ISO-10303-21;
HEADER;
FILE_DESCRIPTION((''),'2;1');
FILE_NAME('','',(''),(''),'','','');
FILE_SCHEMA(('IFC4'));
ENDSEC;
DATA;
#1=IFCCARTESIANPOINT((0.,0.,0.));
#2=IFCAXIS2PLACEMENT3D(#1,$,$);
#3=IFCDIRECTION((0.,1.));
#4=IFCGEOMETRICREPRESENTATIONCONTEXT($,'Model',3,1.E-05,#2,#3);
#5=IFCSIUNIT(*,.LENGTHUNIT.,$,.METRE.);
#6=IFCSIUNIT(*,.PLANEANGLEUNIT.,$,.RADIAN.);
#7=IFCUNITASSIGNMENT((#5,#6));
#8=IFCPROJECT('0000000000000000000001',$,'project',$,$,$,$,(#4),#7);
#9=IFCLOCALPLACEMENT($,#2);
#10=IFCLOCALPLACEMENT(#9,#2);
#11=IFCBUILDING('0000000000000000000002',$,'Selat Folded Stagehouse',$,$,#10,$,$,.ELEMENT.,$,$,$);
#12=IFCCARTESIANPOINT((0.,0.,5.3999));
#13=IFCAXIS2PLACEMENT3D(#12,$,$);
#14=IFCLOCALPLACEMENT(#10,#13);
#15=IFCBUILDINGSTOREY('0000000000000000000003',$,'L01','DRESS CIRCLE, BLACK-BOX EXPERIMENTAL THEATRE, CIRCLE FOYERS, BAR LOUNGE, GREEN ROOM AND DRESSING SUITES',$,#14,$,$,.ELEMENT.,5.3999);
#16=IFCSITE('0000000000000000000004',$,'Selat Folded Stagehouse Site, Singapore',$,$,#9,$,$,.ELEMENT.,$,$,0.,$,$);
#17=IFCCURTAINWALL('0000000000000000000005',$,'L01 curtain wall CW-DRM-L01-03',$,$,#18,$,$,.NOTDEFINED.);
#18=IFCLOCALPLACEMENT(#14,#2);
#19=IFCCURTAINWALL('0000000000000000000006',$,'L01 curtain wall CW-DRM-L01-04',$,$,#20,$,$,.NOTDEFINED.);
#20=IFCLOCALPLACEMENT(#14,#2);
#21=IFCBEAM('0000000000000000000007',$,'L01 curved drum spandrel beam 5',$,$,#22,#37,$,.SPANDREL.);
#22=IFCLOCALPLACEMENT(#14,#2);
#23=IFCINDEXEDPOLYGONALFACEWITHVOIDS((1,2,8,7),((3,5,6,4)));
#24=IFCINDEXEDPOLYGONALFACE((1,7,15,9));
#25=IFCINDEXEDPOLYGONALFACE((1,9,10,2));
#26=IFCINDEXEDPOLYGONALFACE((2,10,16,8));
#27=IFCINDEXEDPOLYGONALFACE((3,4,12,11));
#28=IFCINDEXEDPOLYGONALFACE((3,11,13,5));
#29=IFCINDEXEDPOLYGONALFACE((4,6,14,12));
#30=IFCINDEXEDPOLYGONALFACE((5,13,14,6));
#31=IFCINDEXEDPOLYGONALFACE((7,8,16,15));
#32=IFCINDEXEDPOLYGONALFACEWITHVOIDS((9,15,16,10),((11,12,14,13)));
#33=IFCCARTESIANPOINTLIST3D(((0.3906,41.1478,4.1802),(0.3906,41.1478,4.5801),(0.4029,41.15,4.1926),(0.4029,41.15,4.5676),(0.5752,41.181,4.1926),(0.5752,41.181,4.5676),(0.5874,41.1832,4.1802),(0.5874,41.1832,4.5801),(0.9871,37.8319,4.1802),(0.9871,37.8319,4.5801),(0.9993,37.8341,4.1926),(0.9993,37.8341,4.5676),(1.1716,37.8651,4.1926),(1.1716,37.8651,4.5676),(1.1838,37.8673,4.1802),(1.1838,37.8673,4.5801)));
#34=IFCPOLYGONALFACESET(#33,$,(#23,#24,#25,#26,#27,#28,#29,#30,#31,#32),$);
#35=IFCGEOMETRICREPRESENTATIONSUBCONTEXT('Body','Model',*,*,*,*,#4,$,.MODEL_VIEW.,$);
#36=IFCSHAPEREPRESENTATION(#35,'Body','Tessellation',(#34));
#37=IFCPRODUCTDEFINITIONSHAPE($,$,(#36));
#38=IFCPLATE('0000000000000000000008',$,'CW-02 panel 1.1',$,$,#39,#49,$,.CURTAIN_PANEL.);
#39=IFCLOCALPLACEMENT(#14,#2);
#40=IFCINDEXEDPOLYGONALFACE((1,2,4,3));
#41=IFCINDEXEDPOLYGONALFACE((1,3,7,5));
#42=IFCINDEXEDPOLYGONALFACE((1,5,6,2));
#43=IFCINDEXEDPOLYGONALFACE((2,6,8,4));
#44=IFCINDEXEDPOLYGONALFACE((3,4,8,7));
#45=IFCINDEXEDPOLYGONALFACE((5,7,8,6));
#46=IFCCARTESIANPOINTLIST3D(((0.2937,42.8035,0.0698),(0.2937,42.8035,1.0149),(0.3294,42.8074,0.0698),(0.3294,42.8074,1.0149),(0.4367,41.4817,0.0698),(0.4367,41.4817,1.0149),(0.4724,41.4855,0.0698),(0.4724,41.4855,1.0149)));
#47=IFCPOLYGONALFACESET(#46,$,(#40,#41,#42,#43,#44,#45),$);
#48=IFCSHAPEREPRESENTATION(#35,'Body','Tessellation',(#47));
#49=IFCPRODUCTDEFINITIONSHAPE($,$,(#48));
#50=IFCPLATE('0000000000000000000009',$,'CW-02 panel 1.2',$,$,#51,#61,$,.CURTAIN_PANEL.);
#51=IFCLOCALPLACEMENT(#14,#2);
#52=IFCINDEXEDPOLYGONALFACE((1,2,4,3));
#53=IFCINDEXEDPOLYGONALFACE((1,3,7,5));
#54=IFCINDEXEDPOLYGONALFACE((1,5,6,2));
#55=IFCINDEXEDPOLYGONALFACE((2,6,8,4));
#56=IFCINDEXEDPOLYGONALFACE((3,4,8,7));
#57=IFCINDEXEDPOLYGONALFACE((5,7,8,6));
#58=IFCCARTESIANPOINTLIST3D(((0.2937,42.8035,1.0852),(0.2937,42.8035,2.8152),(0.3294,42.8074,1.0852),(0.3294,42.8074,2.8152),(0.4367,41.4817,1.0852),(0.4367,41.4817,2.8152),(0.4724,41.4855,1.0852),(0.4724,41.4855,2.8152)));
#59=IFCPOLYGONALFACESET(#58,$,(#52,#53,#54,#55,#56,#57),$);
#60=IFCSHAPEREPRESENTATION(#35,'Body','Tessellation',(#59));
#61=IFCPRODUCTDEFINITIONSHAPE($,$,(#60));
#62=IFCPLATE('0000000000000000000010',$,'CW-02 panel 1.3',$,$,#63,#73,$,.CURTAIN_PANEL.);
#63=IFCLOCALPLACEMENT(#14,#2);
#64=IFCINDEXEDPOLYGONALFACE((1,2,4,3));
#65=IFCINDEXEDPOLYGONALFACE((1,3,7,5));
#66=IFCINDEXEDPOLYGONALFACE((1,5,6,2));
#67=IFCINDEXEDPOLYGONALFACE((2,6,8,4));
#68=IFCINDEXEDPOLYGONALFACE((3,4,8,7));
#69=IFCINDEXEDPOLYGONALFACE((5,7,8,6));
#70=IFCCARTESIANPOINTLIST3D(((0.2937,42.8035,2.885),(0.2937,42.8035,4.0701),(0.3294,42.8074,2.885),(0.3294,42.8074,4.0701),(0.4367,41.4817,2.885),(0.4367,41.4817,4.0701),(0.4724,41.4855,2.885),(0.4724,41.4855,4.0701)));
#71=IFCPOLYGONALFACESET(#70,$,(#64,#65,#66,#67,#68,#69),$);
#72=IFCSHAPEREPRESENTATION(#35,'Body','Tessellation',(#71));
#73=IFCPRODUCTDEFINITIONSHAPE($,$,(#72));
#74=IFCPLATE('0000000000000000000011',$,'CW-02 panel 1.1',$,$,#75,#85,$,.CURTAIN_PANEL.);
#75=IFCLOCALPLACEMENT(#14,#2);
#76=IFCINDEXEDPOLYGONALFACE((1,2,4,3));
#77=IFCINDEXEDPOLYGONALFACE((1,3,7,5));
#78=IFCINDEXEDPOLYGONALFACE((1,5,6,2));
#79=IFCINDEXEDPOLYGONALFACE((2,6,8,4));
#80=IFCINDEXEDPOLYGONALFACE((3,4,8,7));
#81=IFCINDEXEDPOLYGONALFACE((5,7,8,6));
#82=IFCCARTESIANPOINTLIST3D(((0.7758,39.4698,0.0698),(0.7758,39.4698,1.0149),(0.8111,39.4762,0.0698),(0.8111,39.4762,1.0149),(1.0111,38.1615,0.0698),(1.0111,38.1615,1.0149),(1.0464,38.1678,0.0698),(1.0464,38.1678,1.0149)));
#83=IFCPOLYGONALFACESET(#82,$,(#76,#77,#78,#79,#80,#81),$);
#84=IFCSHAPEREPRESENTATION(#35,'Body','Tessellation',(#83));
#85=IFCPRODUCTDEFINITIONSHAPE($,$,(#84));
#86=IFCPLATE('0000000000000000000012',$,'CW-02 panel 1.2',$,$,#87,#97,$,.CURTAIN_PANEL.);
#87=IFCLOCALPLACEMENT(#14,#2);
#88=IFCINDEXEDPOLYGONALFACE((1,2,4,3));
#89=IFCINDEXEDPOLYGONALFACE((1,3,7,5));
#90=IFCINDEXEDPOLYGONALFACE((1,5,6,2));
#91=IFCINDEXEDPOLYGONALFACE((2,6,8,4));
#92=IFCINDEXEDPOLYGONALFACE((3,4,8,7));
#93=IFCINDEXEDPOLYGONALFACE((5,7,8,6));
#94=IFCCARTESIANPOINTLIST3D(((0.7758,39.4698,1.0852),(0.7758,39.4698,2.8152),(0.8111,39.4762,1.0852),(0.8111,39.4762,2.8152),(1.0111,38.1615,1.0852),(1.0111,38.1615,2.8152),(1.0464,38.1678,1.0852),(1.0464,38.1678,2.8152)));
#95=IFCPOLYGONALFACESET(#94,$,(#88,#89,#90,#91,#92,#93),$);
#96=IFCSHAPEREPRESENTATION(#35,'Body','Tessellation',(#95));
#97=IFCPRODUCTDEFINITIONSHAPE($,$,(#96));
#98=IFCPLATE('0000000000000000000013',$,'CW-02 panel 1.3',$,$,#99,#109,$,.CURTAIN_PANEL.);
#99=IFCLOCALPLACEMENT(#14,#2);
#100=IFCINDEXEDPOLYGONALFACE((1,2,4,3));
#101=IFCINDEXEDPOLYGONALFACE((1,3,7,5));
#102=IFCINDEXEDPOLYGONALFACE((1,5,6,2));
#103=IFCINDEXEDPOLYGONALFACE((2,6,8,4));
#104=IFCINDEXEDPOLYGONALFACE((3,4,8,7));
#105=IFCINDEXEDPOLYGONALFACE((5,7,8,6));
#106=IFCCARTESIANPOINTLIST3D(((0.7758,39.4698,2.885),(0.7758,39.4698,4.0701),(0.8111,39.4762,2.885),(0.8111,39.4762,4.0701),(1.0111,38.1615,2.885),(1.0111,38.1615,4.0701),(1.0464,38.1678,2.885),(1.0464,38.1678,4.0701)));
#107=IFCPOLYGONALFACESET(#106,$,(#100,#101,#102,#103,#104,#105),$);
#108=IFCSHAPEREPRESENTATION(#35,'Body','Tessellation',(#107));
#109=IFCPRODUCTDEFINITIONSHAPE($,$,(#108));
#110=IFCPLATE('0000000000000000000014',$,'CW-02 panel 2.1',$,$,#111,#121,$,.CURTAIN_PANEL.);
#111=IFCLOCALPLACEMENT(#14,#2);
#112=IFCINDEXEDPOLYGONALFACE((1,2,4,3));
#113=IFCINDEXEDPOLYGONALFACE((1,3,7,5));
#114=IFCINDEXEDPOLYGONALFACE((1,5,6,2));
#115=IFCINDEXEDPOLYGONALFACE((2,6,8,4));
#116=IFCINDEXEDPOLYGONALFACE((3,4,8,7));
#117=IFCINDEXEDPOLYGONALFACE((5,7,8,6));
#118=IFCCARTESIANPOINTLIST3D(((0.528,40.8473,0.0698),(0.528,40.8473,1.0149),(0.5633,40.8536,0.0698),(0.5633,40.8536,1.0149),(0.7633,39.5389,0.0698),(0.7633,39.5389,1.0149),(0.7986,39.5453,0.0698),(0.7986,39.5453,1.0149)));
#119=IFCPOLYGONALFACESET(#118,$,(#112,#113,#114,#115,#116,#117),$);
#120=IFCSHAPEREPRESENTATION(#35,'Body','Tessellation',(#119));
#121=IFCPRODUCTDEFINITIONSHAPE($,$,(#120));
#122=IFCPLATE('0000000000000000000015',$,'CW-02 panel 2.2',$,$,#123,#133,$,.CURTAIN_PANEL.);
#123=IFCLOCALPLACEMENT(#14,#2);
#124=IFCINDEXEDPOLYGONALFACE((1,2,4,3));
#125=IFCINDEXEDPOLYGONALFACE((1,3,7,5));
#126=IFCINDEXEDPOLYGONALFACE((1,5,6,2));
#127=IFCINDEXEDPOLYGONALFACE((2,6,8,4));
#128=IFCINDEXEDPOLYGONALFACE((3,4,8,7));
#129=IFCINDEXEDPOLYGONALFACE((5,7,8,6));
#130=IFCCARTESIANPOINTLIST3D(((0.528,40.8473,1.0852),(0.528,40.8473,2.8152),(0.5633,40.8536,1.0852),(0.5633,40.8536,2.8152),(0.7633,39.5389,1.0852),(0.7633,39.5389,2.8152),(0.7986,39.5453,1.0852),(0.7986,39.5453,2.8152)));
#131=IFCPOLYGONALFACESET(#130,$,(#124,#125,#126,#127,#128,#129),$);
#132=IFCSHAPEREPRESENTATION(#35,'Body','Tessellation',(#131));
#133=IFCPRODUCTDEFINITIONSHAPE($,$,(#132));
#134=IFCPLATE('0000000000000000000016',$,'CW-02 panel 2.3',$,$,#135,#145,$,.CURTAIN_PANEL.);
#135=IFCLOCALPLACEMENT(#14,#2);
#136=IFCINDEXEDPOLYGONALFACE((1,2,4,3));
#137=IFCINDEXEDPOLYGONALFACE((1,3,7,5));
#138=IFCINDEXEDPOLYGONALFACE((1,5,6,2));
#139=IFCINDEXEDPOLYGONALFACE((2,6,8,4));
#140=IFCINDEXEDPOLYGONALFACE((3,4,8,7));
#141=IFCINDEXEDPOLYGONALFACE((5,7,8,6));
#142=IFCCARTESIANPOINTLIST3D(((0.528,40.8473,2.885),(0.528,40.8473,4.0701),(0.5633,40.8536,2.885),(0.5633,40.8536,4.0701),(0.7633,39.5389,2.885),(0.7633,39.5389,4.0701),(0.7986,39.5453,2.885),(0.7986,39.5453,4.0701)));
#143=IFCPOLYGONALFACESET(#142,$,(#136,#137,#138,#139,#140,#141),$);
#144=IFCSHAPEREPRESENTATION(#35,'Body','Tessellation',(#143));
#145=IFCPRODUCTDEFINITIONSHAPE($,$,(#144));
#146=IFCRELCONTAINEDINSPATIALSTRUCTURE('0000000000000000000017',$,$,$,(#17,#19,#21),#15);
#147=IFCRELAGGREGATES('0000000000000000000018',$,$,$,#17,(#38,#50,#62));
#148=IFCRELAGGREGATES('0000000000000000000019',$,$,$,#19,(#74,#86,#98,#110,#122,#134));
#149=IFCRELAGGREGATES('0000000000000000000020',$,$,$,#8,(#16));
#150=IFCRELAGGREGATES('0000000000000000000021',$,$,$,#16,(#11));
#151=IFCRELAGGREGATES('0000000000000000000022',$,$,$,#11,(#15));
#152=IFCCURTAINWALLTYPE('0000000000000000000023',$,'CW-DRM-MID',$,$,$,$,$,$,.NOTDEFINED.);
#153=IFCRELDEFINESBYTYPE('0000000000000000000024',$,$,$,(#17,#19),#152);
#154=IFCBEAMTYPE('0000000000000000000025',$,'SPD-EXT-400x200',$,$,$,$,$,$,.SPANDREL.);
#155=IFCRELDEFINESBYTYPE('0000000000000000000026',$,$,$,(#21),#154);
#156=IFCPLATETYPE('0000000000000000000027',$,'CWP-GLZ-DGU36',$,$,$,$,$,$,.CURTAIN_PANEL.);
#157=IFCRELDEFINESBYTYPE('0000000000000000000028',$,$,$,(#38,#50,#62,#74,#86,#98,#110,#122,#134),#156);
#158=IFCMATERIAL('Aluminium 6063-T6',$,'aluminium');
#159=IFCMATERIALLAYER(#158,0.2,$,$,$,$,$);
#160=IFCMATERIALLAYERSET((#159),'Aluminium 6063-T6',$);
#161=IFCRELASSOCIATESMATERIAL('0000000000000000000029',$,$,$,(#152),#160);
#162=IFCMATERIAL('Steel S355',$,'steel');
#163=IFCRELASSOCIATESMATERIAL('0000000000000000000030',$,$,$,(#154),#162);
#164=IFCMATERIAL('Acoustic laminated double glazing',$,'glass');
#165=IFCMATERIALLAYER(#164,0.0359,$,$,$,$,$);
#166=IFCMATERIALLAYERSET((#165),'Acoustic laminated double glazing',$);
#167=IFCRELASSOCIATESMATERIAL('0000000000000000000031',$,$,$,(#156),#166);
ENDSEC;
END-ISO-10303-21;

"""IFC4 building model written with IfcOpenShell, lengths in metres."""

from ifc_helpers import new_model, si_unit, direction, frame, origin, origin_2d, place, context, subcontext, project, spatial, rectangle, hollow_rectangle, extrude, material, layer, layer_set, material_profile, profile_set, type_object, element, aggregate, save


model = new_model("IFC4")

# Units and contexts
model_context = context("Model", 3, precision=1e-05, world=origin(), true_north=direction((0.0, 1.0)))
body_context = subcontext(model_context, "Body", "Model", "MODEL_VIEW")
ifc_project = project(units=[si_unit("LENGTHUNIT", "METRE"), si_unit("PLANEANGLEUNIT", "RADIAN")], contexts=[model_context])

# Site, building, storey
site_placement = place(None, origin())
site = spatial("IfcSite", under=ifc_project, at=site_placement, Name="Selat Folded Stagehouse Site, Singapore", CompositionType="ELEMENT", RefElevation=0.0)
building_placement = place(site_placement, origin())
building = spatial("IfcBuilding", under=site, at=building_placement, Name="Selat Folded Stagehouse", CompositionType="ELEMENT")
storey_placement = place(building_placement, frame((0.0, 0.0, 5.3999)))
storey = spatial("IfcBuildingStorey", under=building, at=storey_placement, Name="L01", Description="DRESS CIRCLE, BLACK-BOX EXPERIMENTAL THEATRE, CIRCLE FOYERS, BAR LOUNGE, GREEN ROOM AND DRESSING SUITES", CompositionType="ELEMENT", Elevation=5.3999)

# Curtain walls
ifc_material_1 = material(Name="Aluminium 6063-T6", Category="aluminium")
ifc_layer_1 = layer(ifc_material_1, 0.2)
ifc_layer_set_1 = layer_set([ifc_layer_1], Name="Aluminium 6063-T6")
curtain_wall_type = type_object("IfcCurtainWallType", Name="CW-DRM-MID", PredefinedType="NOTDEFINED", material=ifc_layer_set_1)
curtain_wall_1_placement = place(storey_placement, origin())
curtain_wall_1 = element("IfcCurtainWall", 1, at=curtain_wall_1_placement, inside=storey, type_object=curtain_wall_type, Name="L01 curtain wall CW-DRM-L01-03", PredefinedType="NOTDEFINED")
curtain_wall_2_placement = place(storey_placement, origin())
curtain_wall_2 = element("IfcCurtainWall", 2, at=curtain_wall_2_placement, inside=storey, type_object=curtain_wall_type, Name="L01 curtain wall CW-DRM-L01-04", PredefinedType="NOTDEFINED")

# Beam
ifc_material_2 = material(Name="Steel S355", Category="steel")
ifc_material_profile_1 = material_profile(ifc_material_2, hollow_rectangle(XDim=0.2, YDim=0.3999, WallThickness=0.0125, at=origin_2d()), Name="RHS 400x200x12.5")
ifc_profile_set_1 = profile_set([ifc_material_profile_1], Name="Steel S355")
beam_type = type_object("IfcBeamType", Name="SPD-EXT-400x200", PredefinedType="SPANDREL", material=ifc_profile_set_1)
beam_placement = place(storey_placement, frame((0.489, 41.1655, 4.3801), z_axis=(0.177029, -0.984206, 0.0), x_axis=(0.984206, 0.177029, 0.0)))
element("IfcBeam", 3, at=beam_placement, inside=storey, type_object=beam_type, Name="L01 curved drum spandrel beam 5", PredefinedType="SPANDREL", context=body_context, shape_type="SweptSolid", body=[
    extrude(hollow_rectangle(XDim=0.2, YDim=0.3999, WallThickness=0.0125, at=origin_2d()), origin(), (0.0, 0.0, 1.0), 3.3691),
])

# Plates
ifc_material_3 = material(Name="Acoustic laminated double glazing", Category="glass")
ifc_layer_2 = layer(ifc_material_3, 0.0359)
ifc_layer_set_2 = layer_set([ifc_layer_2], Name="Acoustic laminated double glazing")
plate_type = type_object("IfcPlateType", Name="CWP-GLZ-DGU36", PredefinedType="CURTAIN_PANEL", material=ifc_layer_set_2)
plate_1_placement = place(storey_placement, frame((0.3831, 42.1445, 0.0698), z_axis=(0.0, 0.0, 1.0), x_axis=(-0.107558, 0.994199, 0.0)))
plate_1 = element("IfcPlate", 4, at=plate_1_placement, type_object=plate_type, Name="CW-02 panel 1.1", PredefinedType="CURTAIN_PANEL", context=body_context, shape_type="SweptSolid", body=[
    extrude(rectangle(XDim=1.3296, YDim=0.0359, at=origin_2d()), origin(), (0.0, 0.0, 1.0), 0.9451),
])
plate_2_placement = place(storey_placement, frame((0.3831, 42.1445, 1.0852), z_axis=(0.0, 0.0, 1.0), x_axis=(-0.107558, 0.994199, 0.0)))
plate_2 = element("IfcPlate", 5, at=plate_2_placement, type_object=plate_type, Name="CW-02 panel 1.2", PredefinedType="CURTAIN_PANEL", context=body_context, shape_type="SweptSolid", body=[
    extrude(rectangle(XDim=1.3296, YDim=0.0359, at=origin_2d()), origin(), (0.0, 0.0, 1.0), 1.73),
])
plate_3_placement = place(storey_placement, frame((0.3831, 42.1445, 2.885), z_axis=(0.0, 0.0, 1.0), x_axis=(-0.107558, 0.994199, 0.0)))
plate_3 = element("IfcPlate", 6, at=plate_3_placement, type_object=plate_type, Name="CW-02 panel 1.3", PredefinedType="CURTAIN_PANEL", context=body_context, shape_type="SweptSolid", body=[
    extrude(rectangle(XDim=1.3296, YDim=0.0359, at=origin_2d()), origin(), (0.0, 0.0, 1.0), 1.1851),
])
aggregate(curtain_wall_1, [plate_1, plate_2, plate_3])
plate_4_placement = place(storey_placement, frame((0.9111, 38.8188, 0.0698), z_axis=(0.0, 0.0, 1.0), x_axis=(-0.177002, 0.984211, 0.0)))
plate_4 = element("IfcPlate", 7, at=plate_4_placement, type_object=plate_type, Name="CW-02 panel 1.1", PredefinedType="CURTAIN_PANEL", context=body_context, shape_type="SweptSolid", body=[
    extrude(rectangle(XDim=1.3293, YDim=0.0359, at=origin_2d()), origin(), (0.0, 0.0, 1.0), 0.9451),
])
plate_5_placement = place(storey_placement, frame((0.9111, 38.8188, 1.0852), z_axis=(0.0, 0.0, 1.0), x_axis=(-0.177002, 0.984211, 0.0)))
plate_5 = element("IfcPlate", 8, at=plate_5_placement, type_object=plate_type, Name="CW-02 panel 1.2", PredefinedType="CURTAIN_PANEL", context=body_context, shape_type="SweptSolid", body=[
    extrude(rectangle(XDim=1.3293, YDim=0.0359, at=origin_2d()), origin(), (0.0, 0.0, 1.0), 1.73),
])
plate_6_placement = place(storey_placement, frame((0.9111, 38.8188, 2.885), z_axis=(0.0, 0.0, 1.0), x_axis=(-0.177002, 0.984211, 0.0)))
plate_6 = element("IfcPlate", 9, at=plate_6_placement, type_object=plate_type, Name="CW-02 panel 1.3", PredefinedType="CURTAIN_PANEL", context=body_context, shape_type="SweptSolid", body=[
    extrude(rectangle(XDim=1.3293, YDim=0.0359, at=origin_2d()), origin(), (0.0, 0.0, 1.0), 1.1851),
])
plate_7_placement = place(storey_placement, frame((0.6633, 40.1963, 0.0698), z_axis=(0.0, 0.0, 1.0), x_axis=(-0.177002, 0.984211, 0.0)))
plate_7 = element("IfcPlate", 10, at=plate_7_placement, type_object=plate_type, Name="CW-02 panel 2.1", PredefinedType="CURTAIN_PANEL", context=body_context, shape_type="SweptSolid", body=[
    extrude(rectangle(XDim=1.3293, YDim=0.0359, at=origin_2d()), origin(), (0.0, 0.0, 1.0), 0.9451),
])
plate_8_placement = place(storey_placement, frame((0.6633, 40.1963, 1.0852), z_axis=(0.0, 0.0, 1.0), x_axis=(-0.177002, 0.984211, 0.0)))
plate_8 = element("IfcPlate", 11, at=plate_8_placement, type_object=plate_type, Name="CW-02 panel 2.2", PredefinedType="CURTAIN_PANEL", context=body_context, shape_type="SweptSolid", body=[
    extrude(rectangle(XDim=1.3293, YDim=0.0359, at=origin_2d()), origin(), (0.0, 0.0, 1.0), 1.73),
])
plate_9_placement = place(storey_placement, frame((0.6633, 40.1963, 2.885), z_axis=(0.0, 0.0, 1.0), x_axis=(-0.177002, 0.984211, 0.0)))
plate_9 = element("IfcPlate", 12, at=plate_9_placement, type_object=plate_type, Name="CW-02 panel 2.3", PredefinedType="CURTAIN_PANEL", context=body_context, shape_type="SweptSolid", body=[
    extrude(rectangle(XDim=1.3293, YDim=0.0359, at=origin_2d()), origin(), (0.0, 0.0, 1.0), 1.1851),
])
aggregate(curtain_wall_2, [plate_4, plate_5, plate_6, plate_7, plate_8, plate_9])

save(model, "model.ifc")
